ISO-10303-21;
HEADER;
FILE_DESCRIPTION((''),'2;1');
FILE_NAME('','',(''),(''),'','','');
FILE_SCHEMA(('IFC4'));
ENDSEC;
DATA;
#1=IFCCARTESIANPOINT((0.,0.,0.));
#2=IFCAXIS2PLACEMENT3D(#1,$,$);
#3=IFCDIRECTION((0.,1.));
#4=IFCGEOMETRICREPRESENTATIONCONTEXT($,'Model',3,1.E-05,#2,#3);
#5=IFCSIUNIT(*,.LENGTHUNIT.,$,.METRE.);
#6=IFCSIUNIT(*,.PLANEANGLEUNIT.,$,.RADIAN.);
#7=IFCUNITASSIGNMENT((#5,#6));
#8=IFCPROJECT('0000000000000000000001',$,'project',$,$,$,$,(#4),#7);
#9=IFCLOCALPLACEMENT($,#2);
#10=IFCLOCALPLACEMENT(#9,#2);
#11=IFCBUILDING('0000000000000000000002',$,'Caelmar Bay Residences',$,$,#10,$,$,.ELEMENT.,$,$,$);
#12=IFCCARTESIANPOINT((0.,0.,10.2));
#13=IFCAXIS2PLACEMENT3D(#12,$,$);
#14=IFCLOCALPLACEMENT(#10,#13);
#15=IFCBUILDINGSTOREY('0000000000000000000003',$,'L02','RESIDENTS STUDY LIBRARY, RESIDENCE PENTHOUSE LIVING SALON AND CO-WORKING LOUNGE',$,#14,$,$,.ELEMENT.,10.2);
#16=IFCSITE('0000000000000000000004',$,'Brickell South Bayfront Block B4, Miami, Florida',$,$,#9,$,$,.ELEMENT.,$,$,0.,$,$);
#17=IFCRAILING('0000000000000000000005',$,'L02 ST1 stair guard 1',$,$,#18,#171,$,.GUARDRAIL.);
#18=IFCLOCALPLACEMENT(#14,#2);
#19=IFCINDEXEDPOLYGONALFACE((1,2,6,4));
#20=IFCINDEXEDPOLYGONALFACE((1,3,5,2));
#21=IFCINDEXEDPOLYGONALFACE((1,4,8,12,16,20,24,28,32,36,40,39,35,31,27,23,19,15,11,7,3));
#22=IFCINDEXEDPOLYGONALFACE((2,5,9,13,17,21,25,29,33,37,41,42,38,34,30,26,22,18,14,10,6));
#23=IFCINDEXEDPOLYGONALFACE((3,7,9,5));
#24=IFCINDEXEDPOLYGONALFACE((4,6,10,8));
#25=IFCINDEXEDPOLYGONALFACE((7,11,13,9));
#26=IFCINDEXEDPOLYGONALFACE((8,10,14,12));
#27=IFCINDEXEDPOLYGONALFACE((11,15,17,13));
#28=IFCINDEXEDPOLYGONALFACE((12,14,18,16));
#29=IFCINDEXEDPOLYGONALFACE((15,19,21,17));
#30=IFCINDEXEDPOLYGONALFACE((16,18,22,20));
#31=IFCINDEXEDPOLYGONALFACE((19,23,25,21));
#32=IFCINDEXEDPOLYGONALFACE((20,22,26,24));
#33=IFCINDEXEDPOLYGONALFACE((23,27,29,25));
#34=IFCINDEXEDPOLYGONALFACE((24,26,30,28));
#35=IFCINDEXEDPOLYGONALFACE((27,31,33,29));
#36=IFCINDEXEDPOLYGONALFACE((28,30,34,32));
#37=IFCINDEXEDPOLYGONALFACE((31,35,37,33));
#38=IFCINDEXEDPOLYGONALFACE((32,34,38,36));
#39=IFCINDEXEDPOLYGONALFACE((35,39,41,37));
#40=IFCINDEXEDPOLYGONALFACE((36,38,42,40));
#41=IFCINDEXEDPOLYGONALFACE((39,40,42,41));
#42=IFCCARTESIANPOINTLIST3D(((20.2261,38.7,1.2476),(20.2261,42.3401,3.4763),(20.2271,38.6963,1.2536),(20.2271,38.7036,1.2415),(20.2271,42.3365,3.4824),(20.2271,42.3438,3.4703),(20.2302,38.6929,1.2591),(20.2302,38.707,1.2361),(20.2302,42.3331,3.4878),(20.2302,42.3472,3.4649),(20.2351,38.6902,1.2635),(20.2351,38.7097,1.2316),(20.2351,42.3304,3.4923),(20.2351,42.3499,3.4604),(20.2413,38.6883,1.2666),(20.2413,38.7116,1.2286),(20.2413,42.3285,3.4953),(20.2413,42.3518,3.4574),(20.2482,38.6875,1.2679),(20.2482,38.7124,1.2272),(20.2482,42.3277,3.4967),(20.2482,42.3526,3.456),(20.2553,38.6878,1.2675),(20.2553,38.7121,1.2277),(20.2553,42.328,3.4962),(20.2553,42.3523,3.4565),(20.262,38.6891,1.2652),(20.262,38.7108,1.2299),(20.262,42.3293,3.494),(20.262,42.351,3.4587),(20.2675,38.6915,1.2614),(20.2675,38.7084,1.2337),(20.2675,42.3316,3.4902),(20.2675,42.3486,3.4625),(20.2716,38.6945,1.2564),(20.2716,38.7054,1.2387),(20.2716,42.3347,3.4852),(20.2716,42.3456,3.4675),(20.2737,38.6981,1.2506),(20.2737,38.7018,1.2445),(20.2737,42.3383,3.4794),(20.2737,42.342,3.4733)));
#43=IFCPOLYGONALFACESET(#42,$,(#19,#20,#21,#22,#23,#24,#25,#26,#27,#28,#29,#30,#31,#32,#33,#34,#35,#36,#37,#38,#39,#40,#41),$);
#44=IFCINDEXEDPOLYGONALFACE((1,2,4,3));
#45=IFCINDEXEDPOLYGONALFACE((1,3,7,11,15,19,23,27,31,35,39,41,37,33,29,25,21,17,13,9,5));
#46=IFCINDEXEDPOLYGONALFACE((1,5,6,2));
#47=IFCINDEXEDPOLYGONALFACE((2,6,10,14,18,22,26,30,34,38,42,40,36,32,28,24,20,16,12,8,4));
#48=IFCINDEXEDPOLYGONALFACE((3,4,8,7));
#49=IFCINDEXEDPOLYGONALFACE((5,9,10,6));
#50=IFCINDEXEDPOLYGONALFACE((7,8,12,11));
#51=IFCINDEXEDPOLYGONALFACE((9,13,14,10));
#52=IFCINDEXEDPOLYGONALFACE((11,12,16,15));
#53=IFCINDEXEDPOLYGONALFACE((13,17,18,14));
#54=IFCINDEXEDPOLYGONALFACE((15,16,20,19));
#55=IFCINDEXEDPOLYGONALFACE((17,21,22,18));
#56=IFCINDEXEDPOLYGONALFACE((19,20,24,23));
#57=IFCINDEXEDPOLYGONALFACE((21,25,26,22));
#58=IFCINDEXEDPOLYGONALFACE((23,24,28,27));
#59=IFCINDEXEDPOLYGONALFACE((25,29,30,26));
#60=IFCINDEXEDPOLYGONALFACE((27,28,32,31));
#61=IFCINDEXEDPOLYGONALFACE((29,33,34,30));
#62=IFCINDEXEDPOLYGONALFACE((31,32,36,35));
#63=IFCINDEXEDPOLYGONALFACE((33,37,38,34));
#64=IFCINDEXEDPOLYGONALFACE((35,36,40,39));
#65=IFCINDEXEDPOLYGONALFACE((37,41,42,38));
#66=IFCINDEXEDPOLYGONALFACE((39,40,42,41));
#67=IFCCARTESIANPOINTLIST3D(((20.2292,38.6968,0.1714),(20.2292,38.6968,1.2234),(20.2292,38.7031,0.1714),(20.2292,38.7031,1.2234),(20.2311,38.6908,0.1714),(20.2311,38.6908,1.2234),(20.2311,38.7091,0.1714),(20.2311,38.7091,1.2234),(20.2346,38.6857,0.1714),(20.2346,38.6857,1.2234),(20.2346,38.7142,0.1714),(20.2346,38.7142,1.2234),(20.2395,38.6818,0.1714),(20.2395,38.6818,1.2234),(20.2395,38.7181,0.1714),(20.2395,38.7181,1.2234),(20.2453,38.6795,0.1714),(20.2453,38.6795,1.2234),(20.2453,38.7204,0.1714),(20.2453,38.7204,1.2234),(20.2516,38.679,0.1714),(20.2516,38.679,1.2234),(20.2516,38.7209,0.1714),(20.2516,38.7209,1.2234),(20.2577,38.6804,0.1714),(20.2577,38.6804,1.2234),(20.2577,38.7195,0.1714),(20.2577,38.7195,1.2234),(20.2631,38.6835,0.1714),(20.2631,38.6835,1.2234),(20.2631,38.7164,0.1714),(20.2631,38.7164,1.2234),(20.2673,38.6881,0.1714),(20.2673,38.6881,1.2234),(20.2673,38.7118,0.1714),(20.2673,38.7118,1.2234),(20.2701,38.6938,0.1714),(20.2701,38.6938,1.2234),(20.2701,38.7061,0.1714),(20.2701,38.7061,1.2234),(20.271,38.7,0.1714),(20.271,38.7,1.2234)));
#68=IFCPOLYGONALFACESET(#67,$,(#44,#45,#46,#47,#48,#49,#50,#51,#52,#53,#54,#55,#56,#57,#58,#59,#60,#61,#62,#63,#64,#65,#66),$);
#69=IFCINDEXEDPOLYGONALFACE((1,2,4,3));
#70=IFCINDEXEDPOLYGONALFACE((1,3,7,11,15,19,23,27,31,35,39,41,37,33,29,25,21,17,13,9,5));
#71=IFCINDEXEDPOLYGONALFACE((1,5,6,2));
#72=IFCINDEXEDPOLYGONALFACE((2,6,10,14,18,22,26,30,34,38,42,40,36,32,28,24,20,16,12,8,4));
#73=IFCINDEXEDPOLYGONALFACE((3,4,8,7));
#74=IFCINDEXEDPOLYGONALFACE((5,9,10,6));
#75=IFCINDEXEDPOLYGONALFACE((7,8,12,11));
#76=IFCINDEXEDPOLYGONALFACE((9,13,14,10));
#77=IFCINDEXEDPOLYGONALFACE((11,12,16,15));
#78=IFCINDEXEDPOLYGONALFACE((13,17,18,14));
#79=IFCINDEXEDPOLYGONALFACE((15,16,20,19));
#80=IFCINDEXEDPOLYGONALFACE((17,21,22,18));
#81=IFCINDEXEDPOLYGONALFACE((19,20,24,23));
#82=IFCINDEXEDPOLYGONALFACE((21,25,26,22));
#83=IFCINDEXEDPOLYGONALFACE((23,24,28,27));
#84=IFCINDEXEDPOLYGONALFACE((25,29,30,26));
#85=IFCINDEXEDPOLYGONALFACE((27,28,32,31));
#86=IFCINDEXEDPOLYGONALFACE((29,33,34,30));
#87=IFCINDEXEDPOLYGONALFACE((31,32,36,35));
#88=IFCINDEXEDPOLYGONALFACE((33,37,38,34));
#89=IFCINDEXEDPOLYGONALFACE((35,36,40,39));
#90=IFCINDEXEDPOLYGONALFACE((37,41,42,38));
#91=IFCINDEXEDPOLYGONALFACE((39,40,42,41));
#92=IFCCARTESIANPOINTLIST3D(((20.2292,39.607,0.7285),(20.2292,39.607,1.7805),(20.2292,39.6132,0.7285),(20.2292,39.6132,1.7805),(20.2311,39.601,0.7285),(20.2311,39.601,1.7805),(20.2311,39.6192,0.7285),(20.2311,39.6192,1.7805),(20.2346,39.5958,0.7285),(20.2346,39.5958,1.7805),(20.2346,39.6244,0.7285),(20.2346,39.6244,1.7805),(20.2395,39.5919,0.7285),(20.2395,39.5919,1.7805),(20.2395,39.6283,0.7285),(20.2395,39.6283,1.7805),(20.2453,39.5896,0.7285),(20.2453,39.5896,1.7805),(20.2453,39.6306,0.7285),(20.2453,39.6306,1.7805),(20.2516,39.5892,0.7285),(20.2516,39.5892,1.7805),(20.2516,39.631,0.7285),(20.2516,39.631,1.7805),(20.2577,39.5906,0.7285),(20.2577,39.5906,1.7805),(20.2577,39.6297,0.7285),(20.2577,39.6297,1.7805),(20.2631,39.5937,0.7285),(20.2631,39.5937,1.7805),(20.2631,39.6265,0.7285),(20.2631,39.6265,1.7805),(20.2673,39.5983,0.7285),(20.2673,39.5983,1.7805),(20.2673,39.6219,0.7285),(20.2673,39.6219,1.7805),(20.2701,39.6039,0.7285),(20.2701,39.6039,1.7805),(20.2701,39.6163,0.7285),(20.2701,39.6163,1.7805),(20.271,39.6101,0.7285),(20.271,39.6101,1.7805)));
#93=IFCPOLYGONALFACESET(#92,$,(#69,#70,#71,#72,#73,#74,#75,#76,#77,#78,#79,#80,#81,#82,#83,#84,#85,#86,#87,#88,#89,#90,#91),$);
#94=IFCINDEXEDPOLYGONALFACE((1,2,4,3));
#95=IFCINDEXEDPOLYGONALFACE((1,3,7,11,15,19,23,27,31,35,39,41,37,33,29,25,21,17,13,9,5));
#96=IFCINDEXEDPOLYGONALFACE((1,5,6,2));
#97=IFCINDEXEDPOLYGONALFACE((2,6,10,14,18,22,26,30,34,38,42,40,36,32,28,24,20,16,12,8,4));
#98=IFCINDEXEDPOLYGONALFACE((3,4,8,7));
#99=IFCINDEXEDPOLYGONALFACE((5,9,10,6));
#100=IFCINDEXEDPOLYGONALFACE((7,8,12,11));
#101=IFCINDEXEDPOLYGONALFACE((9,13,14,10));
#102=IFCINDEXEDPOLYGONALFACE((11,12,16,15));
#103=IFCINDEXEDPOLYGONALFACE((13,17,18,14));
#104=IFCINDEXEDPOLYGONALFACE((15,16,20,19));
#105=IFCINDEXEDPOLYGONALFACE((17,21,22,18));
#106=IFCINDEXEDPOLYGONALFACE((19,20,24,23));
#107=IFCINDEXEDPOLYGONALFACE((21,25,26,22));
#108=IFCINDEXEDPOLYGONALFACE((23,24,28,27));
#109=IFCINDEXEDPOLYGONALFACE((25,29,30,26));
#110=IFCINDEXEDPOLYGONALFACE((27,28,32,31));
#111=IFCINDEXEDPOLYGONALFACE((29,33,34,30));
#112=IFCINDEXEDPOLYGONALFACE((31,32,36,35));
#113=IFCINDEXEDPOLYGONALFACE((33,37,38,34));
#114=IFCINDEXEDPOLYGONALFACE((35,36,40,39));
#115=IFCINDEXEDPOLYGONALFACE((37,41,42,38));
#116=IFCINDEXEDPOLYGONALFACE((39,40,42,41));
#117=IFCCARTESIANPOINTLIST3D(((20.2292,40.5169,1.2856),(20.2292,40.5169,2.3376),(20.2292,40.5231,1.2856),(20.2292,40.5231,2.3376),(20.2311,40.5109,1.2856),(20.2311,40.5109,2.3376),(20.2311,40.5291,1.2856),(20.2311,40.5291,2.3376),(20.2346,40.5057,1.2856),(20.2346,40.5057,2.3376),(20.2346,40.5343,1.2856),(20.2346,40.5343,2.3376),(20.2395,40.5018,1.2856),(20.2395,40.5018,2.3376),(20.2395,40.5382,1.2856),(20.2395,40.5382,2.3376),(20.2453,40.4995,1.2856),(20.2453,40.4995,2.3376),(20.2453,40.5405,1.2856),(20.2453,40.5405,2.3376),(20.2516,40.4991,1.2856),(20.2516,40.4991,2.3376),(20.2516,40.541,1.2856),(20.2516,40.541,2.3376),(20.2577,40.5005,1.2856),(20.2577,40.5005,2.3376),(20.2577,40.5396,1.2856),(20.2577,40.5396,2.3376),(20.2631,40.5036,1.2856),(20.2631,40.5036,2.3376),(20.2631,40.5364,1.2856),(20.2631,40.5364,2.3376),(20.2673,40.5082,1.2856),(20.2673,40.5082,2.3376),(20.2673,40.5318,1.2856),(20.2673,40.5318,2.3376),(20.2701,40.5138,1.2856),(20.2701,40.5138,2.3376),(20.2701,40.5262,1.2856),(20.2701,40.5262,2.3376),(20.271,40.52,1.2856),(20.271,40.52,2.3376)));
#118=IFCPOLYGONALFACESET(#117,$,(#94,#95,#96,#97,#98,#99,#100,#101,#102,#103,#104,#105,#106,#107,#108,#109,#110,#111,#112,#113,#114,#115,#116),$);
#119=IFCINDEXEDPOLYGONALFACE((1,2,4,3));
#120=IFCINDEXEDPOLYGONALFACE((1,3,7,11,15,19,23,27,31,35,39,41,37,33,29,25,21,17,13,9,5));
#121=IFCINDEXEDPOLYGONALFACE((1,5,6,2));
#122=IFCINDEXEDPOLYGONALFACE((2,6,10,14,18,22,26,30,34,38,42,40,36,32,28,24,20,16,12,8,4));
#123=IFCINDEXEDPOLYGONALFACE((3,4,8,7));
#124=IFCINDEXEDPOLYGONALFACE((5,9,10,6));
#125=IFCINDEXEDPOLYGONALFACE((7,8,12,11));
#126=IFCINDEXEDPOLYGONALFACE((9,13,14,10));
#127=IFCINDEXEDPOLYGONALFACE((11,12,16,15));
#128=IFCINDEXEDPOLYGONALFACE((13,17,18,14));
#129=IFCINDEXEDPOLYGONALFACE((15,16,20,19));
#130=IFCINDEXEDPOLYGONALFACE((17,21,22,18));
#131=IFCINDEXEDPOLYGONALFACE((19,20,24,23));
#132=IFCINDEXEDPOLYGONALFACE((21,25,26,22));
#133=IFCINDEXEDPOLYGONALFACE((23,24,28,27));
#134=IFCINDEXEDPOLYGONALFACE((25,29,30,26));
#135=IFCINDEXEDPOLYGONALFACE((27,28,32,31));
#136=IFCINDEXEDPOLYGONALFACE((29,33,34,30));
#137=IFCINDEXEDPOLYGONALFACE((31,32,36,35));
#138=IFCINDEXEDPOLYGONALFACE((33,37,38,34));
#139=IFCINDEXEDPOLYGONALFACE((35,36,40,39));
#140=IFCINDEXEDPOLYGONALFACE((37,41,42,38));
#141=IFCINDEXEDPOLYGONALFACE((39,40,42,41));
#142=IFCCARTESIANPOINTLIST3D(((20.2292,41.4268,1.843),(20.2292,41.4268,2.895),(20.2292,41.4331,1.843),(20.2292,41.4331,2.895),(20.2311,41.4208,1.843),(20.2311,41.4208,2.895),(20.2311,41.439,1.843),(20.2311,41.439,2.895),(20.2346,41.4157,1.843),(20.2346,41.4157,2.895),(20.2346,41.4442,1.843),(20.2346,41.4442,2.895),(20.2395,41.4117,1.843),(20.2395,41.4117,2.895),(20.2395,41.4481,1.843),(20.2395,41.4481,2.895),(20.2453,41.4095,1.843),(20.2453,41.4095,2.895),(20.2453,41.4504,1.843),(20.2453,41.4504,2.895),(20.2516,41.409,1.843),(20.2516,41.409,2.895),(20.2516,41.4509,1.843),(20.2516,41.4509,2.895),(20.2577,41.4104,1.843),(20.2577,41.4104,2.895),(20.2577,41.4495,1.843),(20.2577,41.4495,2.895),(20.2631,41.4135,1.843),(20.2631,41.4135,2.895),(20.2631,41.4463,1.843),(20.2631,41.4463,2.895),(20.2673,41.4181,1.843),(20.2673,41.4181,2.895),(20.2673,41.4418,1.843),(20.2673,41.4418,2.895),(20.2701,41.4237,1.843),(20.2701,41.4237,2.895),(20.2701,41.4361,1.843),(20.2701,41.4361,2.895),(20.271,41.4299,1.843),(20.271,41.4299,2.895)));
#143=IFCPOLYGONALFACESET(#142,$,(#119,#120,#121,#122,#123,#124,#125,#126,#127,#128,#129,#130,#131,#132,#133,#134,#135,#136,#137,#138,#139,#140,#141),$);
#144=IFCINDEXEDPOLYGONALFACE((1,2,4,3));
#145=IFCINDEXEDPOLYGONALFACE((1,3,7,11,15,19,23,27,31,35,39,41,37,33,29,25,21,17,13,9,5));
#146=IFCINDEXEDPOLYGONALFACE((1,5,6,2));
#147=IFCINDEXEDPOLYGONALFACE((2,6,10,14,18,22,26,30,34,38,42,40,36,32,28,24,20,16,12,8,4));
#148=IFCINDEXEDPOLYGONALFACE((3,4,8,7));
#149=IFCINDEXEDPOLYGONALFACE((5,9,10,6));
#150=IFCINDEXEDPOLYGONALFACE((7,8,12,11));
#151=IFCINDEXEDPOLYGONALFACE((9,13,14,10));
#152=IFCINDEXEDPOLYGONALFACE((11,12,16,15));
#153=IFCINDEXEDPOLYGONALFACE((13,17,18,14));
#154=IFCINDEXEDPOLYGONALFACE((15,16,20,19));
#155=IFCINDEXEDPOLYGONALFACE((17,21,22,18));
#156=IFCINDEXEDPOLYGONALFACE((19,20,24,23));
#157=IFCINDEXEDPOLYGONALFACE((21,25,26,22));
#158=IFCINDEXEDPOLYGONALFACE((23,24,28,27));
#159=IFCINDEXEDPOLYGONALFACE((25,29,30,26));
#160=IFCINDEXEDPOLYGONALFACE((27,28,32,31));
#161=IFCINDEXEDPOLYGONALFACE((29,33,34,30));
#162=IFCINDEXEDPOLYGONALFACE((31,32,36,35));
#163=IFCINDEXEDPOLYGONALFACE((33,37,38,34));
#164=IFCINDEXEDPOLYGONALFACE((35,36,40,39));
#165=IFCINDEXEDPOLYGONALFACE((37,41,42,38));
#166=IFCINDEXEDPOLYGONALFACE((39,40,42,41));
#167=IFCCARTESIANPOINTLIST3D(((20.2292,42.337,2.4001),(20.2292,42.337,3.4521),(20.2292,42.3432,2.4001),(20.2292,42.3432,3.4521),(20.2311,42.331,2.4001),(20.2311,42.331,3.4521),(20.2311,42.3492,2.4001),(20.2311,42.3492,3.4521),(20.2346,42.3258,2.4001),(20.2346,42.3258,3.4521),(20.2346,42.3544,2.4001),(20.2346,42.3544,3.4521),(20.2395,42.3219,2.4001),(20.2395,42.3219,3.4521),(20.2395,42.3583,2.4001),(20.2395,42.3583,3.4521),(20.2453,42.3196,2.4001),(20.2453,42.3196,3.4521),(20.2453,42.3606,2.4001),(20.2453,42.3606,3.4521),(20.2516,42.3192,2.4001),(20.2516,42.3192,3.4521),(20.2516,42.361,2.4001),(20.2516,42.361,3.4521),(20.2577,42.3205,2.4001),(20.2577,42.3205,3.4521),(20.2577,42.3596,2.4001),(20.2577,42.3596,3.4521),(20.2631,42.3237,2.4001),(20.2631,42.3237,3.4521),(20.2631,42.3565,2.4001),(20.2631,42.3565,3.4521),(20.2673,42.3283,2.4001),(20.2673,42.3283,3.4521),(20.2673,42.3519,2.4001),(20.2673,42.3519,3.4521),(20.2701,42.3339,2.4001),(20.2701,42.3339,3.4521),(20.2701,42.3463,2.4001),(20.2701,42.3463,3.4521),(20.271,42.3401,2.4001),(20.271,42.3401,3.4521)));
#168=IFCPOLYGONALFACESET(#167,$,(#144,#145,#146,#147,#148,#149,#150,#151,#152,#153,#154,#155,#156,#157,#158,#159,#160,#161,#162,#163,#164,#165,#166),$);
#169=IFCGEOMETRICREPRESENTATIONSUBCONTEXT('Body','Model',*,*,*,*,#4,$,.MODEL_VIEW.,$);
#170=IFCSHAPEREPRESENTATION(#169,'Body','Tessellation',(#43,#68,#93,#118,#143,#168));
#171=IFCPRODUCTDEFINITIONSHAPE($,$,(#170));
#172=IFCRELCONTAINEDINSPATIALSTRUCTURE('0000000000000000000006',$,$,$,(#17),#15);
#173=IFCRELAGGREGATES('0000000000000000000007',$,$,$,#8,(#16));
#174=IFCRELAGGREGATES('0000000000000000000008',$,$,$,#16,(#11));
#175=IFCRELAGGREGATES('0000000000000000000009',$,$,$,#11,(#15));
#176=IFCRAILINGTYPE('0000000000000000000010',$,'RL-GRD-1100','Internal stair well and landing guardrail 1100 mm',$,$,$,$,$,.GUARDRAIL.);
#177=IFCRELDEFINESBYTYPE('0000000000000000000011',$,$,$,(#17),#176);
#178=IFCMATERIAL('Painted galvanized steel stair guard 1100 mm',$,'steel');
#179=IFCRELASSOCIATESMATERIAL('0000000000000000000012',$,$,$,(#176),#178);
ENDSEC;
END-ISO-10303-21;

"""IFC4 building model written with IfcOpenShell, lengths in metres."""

from ifc_helpers import new_model, si_unit, direction, frame, origin, origin_2d, place, context, subcontext, project, spatial, circle, extrude, material, type_object, element, save


model = new_model("IFC4")

# Units and contexts
model_context = context("Model", 3, precision=1e-05, world=origin(), true_north=direction((0.0, 1.0)))
body_context = subcontext(model_context, "Body", "Model", "MODEL_VIEW")
ifc_project = project(units=[si_unit("LENGTHUNIT", "METRE"), si_unit("PLANEANGLEUNIT", "RADIAN")], contexts=[model_context])

# Site, building, storey
site_placement = place(None, origin())
site = spatial("IfcSite", under=ifc_project, at=site_placement, Name="Brickell South Bayfront Block B4, Miami, Florida", CompositionType="ELEMENT", RefElevation=0.0)
building_placement = place(site_placement, origin())
building = spatial("IfcBuilding", under=site, at=building_placement, Name="Caelmar Bay Residences", CompositionType="ELEMENT")
storey_placement = place(building_placement, frame((0.0, 0.0, 10.2)))
storey = spatial("IfcBuildingStorey", under=building, at=storey_placement, Name="L02", Description="RESIDENTS STUDY LIBRARY, RESIDENCE PENTHOUSE LIVING SALON AND CO-WORKING LOUNGE", CompositionType="ELEMENT", Elevation=10.2)

# Railing
ifc_material_1 = material(Name="Painted galvanized steel stair guard 1100 mm", Category="steel")
railing_type_1 = type_object("IfcRailingType", Name="RL-GRD-1100", Description="Internal stair well and landing guardrail 1100 mm", PredefinedType="GUARDRAIL", material=ifc_material_1)
railing_1_placement = place(storey_placement, frame((20.25, 38.7, 0.1714)))
element("IfcRailing", 1, at=railing_1_placement, inside=storey, type_object=railing_type_1, Name="L02 ST1 stair guard 1", PredefinedType="GUARDRAIL", context=body_context, shape_type="SweptSolid", body=[
    extrude(circle(Radius=0.0239, at=origin_2d()), frame((0.0, 0.0, 1.0762), z_axis=(0.0, 0.85284, 0.522172), x_axis=(-1.0, 0.0, 0.0)), (0.0, 0.0, 1.0), 4.2683),
    extrude(circle(Radius=0.021, at=origin_2d()), origin(), (0.0, 0.0, 1.0), 1.052),
    extrude(circle(Radius=0.021, at=origin_2d()), frame((0.0, 0.9102, 0.5571)), (0.0, 0.0, 1.0), 1.052),
    extrude(circle(Radius=0.021, at=origin_2d()), frame((0.0, 1.8201, 1.1143)), (0.0, 0.0, 1.0), 1.052),
    extrude(circle(Radius=0.021, at=origin_2d()), frame((0.0, 2.73, 1.6716)), (0.0, 0.0, 1.0), 1.052),
    extrude(circle(Radius=0.021, at=origin_2d()), frame((0.0, 3.6401, 2.2288)), (0.0, 0.0, 1.0), 1.052),
])

save(model, "model.ifc")
